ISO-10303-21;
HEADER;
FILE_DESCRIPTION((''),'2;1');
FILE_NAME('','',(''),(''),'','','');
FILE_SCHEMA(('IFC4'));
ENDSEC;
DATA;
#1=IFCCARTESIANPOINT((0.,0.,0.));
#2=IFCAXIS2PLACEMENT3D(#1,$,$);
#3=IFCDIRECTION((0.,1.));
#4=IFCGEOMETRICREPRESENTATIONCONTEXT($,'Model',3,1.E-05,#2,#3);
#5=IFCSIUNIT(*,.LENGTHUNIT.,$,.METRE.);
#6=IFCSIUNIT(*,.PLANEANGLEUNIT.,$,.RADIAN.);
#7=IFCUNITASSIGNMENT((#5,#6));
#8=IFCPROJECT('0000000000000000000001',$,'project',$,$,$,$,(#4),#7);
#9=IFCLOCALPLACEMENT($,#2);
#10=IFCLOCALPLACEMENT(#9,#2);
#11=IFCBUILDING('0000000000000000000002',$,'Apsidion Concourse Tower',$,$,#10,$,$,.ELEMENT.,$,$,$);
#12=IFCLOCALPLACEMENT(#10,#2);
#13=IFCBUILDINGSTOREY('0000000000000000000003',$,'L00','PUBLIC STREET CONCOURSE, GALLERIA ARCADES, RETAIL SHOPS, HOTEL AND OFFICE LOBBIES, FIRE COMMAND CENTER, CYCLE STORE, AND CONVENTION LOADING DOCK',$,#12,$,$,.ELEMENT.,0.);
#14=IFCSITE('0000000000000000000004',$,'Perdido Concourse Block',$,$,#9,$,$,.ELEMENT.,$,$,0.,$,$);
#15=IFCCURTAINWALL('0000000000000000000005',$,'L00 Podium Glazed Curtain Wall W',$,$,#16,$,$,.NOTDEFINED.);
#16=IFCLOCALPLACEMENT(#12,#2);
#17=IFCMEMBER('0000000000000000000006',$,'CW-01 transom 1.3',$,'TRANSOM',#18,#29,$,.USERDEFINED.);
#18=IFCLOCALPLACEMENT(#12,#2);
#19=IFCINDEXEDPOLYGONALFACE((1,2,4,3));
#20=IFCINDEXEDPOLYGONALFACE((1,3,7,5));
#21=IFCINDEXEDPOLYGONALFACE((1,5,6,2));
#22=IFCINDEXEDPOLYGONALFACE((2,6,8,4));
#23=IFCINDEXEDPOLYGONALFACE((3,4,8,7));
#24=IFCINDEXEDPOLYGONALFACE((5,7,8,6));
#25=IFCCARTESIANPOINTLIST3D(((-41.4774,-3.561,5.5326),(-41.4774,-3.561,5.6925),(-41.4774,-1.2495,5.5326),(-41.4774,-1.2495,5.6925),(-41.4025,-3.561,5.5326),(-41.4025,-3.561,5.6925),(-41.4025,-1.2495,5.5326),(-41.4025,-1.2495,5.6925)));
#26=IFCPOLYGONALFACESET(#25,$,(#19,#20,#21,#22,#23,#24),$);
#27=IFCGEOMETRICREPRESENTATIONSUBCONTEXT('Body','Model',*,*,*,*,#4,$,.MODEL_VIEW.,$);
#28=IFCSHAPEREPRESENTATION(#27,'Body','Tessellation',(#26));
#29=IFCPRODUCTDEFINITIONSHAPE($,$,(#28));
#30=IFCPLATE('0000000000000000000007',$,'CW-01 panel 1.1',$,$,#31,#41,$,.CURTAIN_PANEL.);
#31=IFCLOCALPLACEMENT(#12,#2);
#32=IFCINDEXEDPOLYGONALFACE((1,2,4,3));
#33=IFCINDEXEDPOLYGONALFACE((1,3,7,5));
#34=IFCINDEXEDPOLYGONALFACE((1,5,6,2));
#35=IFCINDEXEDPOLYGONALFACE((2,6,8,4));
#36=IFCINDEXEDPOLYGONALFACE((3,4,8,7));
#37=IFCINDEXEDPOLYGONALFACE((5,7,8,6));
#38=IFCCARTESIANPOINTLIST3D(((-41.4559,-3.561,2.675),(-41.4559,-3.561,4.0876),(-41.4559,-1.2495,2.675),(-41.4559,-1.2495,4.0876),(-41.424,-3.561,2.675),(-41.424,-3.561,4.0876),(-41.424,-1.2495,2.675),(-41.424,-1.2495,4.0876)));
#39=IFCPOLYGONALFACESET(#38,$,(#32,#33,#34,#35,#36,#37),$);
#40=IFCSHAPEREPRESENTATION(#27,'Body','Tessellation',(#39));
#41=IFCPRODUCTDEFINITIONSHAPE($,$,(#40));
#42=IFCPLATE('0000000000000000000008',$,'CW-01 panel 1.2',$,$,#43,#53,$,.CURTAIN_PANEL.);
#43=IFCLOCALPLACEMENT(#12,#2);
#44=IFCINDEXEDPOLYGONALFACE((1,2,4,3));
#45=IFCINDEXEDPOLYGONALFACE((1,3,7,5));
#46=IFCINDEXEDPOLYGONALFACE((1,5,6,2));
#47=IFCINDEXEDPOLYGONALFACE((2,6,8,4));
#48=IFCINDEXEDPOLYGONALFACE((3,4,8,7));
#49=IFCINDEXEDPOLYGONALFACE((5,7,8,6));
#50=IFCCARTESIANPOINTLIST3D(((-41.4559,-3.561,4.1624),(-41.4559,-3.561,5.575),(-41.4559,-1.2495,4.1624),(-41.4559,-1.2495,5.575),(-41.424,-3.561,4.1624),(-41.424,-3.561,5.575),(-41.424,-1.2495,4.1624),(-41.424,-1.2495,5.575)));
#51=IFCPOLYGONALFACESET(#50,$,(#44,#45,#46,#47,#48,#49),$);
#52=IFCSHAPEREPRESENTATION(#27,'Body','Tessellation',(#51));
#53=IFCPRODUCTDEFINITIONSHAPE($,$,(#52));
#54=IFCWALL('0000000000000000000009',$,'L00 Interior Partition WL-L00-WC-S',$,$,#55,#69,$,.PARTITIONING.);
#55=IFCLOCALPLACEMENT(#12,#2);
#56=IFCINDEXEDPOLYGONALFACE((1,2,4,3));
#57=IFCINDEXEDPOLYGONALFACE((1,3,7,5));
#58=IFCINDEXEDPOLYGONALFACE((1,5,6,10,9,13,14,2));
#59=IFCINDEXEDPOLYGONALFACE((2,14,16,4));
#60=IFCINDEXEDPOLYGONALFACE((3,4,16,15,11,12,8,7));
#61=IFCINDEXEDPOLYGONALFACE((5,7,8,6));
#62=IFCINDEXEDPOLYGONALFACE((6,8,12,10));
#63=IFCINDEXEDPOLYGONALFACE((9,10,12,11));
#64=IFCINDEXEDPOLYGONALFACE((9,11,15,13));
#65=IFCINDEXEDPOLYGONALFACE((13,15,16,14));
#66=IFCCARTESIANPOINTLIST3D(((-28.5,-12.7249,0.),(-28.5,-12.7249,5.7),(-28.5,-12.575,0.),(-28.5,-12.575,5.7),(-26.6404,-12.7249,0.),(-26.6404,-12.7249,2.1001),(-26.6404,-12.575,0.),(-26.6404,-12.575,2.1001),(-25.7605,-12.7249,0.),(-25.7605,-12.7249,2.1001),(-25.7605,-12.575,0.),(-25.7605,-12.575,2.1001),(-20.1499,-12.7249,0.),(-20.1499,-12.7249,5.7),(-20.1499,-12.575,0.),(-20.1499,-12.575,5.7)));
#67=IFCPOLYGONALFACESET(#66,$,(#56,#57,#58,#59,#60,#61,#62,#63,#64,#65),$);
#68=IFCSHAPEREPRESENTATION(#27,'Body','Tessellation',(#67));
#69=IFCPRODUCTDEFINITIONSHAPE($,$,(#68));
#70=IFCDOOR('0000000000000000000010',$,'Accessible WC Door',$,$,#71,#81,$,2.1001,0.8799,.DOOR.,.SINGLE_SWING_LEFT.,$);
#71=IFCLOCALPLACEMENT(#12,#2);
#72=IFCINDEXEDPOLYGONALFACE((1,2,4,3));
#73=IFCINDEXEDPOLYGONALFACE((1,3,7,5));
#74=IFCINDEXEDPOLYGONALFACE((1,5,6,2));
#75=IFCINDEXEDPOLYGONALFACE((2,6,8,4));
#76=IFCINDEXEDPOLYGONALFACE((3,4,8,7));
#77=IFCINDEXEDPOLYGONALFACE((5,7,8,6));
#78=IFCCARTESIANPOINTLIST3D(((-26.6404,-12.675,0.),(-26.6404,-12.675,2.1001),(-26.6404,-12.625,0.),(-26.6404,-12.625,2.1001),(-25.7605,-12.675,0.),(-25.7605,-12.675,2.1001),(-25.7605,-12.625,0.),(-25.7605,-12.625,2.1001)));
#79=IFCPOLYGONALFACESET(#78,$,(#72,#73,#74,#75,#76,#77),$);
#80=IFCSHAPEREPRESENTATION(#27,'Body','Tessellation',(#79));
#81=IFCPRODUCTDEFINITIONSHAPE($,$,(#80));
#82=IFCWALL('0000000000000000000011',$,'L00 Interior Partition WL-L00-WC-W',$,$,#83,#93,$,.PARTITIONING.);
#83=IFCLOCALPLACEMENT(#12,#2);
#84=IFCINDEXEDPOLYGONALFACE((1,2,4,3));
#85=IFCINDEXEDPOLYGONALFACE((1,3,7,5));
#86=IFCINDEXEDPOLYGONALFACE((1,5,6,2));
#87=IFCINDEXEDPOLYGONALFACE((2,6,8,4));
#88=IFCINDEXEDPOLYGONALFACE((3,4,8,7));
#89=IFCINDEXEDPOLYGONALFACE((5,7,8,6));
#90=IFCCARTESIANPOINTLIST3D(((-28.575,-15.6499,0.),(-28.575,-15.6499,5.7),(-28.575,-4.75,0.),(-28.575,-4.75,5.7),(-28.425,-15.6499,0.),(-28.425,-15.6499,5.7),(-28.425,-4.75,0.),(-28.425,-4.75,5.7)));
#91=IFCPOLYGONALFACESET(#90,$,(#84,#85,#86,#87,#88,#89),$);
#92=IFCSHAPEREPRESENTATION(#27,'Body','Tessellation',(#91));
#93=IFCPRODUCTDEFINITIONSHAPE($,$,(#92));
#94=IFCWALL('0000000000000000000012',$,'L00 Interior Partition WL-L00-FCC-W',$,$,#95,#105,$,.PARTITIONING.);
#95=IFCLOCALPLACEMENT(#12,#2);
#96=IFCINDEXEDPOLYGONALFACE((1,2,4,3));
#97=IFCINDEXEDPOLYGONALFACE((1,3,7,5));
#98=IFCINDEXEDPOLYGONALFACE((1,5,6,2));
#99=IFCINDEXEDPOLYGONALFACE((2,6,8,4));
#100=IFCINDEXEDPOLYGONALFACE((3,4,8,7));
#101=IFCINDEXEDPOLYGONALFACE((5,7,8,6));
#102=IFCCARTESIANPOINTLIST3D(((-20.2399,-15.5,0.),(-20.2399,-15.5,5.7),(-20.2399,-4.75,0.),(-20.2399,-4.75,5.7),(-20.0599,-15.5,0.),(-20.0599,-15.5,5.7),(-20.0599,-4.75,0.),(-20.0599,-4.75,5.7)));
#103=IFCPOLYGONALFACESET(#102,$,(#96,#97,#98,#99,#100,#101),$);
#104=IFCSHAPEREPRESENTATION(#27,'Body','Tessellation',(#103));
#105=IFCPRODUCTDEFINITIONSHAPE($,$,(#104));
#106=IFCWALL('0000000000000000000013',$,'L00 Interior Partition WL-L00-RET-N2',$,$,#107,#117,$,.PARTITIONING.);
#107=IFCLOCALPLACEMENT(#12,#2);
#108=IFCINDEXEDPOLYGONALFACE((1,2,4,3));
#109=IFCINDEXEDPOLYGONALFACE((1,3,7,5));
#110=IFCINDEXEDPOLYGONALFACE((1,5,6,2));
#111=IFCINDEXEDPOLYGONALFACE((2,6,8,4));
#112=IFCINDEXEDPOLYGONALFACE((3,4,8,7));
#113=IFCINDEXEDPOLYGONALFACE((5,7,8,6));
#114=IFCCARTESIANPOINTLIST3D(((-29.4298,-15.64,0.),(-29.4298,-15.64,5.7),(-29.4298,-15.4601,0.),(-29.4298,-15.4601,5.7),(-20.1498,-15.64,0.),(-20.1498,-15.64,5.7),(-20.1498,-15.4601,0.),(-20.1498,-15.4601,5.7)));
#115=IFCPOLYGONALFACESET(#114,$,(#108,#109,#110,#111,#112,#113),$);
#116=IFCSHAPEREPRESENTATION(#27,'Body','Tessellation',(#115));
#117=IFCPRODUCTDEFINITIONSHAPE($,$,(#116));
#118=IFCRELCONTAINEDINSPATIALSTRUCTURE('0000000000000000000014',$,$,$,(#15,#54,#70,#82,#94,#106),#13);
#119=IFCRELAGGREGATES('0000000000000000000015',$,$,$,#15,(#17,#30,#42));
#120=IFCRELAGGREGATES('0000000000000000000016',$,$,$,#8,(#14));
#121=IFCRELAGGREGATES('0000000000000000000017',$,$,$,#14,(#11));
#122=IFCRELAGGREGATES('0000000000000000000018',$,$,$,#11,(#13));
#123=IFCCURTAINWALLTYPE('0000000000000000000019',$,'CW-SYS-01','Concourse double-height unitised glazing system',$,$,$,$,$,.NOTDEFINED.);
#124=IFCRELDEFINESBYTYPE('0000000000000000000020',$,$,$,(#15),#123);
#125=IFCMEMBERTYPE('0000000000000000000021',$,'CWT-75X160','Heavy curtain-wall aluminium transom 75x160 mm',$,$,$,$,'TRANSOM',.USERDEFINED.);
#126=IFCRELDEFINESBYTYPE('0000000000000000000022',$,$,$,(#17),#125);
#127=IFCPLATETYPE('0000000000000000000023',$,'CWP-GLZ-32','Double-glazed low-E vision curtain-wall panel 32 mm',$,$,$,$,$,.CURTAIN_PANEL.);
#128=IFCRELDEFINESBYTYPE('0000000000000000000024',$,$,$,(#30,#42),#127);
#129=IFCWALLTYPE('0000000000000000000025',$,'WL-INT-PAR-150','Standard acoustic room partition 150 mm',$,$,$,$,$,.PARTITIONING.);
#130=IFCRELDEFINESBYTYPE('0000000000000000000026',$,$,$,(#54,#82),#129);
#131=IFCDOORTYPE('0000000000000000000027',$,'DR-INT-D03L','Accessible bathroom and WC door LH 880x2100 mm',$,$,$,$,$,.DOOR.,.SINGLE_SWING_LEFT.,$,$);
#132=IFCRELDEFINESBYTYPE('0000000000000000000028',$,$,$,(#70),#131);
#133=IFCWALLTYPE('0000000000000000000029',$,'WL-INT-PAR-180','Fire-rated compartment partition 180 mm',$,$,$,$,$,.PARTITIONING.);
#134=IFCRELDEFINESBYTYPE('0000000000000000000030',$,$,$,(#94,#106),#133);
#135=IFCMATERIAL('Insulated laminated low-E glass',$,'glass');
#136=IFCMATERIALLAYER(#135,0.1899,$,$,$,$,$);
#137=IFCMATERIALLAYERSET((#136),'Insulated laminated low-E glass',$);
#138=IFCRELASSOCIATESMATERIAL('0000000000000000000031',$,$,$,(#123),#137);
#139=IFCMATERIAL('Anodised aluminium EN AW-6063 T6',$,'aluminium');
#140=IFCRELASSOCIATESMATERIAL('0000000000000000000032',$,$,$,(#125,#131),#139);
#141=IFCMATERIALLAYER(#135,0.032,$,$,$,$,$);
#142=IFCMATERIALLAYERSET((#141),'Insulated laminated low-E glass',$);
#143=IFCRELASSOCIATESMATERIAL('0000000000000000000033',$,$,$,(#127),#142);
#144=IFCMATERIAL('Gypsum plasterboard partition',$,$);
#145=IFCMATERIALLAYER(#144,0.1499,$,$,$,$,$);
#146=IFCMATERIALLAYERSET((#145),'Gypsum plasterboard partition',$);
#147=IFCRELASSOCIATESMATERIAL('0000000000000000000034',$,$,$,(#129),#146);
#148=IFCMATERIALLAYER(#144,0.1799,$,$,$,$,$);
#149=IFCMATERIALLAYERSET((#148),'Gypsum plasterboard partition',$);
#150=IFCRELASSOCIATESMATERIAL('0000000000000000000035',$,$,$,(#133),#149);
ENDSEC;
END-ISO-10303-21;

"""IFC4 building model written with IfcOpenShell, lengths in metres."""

from ifc_helpers import new_model, si_unit, direction, frame, frame_2d, origin, origin_2d, place, context, subcontext, project, spatial, rectangle, extrude, material, layer, layer_set, material_profile, profile_set, type_object, element, fill, aggregate, save


model = new_model("IFC4")

# Units and contexts
model_context = context("Model", 3, precision=1e-05, world=origin(), true_north=direction((0.0, 1.0)))
body_context = subcontext(model_context, "Body", "Model", "MODEL_VIEW")
ifc_project = project(units=[si_unit("LENGTHUNIT", "METRE"), si_unit("PLANEANGLEUNIT", "RADIAN")], contexts=[model_context])

# Site, building, storey
site_placement = place(None, origin())
site = spatial("IfcSite", under=ifc_project, at=site_placement, Name="Perdido Concourse Block", CompositionType="ELEMENT", RefElevation=0.0)
building_placement = place(site_placement, origin())
building = spatial("IfcBuilding", under=site, at=building_placement, Name="Apsidion Concourse Tower", CompositionType="ELEMENT")
storey_placement = place(building_placement, origin())
storey = spatial("IfcBuildingStorey", under=building, at=storey_placement, Name="L00", Description="PUBLIC STREET CONCOURSE, GALLERIA ARCADES, RETAIL SHOPS, HOTEL AND OFFICE LOBBIES, FIRE COMMAND CENTER, CYCLE STORE, AND CONVENTION LOADING DOCK", CompositionType="ELEMENT", Elevation=0.0)

# Curtain wall, member, plates
ifc_material_1 = material(Name="Insulated laminated low-E glass", Category="glass")
ifc_layer_1 = layer(ifc_material_1, 0.1899)
ifc_layer_set_1 = layer_set([ifc_layer_1], Name="Insulated laminated low-E glass")
curtain_wall_type = type_object("IfcCurtainWallType", Name="CW-SYS-01", Description="Concourse double-height unitised glazing system", PredefinedType="NOTDEFINED", material=ifc_layer_set_1)
curtain_wall_placement = place(storey_placement, origin())
curtain_wall = element("IfcCurtainWall", 1, at=curtain_wall_placement, inside=storey, type_object=curtain_wall_type, Name="L00 Podium Glazed Curtain Wall W", PredefinedType="NOTDEFINED")
ifc_material_2 = material(Name="Anodised aluminium EN AW-6063 T6", Category="aluminium")
ifc_material_profile_1 = material_profile(ifc_material_2, rectangle(XDim=0.075, YDim=0.1599, at=origin_2d()), Name="ALU TRANSOM 75x160")
ifc_profile_set_1 = profile_set([ifc_material_profile_1], Name="Anodised aluminium EN AW-6063 T6")
member_type_1 = type_object("IfcMemberType", Name="CWT-75X160", Description="Heavy curtain-wall aluminium transom 75x160 mm", ElementType="TRANSOM", PredefinedType="USERDEFINED", material=ifc_profile_set_1)
member_1_placement = place(storey_placement, frame((-41.4399, -3.561, 5.6125), z_axis=(0.0, 1.0, 0.0), x_axis=(-1.0, 0.0, 0.0)))
member_1 = element("IfcMember", 2, at=member_1_placement, type_object=member_type_1, Name="CW-01 transom 1.3", ObjectType="TRANSOM", PredefinedType="USERDEFINED", context=body_context, shape_type="SweptSolid", body=[
    extrude(rectangle(XDim=0.075, YDim=0.1599, at=origin_2d()), origin(), (0.0, 0.0, 1.0), 2.3115),
])
ifc_layer_2 = layer(ifc_material_1, 0.032)
ifc_layer_set_2 = layer_set([ifc_layer_2], Name="Insulated laminated low-E glass")
plate_type = type_object("IfcPlateType", Name="CWP-GLZ-32", Description="Double-glazed low-E vision curtain-wall panel 32 mm", PredefinedType="CURTAIN_PANEL", material=ifc_layer_set_2)
plate_1_placement = place(storey_placement, frame((-41.4399, -2.4053, 2.675), z_axis=(0.0, 0.0, 1.0), x_axis=(0.0, 1.0, 0.0)))
plate_1 = element("IfcPlate", 3, at=plate_1_placement, type_object=plate_type, Name="CW-01 panel 1.1", PredefinedType="CURTAIN_PANEL", context=body_context, shape_type="SweptSolid", body=[
    extrude(rectangle(XDim=2.3115, YDim=0.032, at=origin_2d()), origin(), (0.0, 0.0, 1.0), 1.4126),
])
plate_2_placement = place(storey_placement, frame((-41.4399, -2.4053, 4.1624), z_axis=(0.0, 0.0, 1.0), x_axis=(0.0, 1.0, 0.0)))
plate_2 = element("IfcPlate", 4, at=plate_2_placement, type_object=plate_type, Name="CW-01 panel 1.2", PredefinedType="CURTAIN_PANEL", context=body_context, shape_type="SweptSolid", body=[
    extrude(rectangle(XDim=2.3115, YDim=0.032, at=origin_2d()), origin(), (0.0, 0.0, 1.0), 1.4126),
])
aggregate(curtain_wall, [member_1, plate_1, plate_2])

# Wall, opening, door
ifc_material_3 = material(Name="Gypsum plasterboard partition")
ifc_layer_3 = layer(ifc_material_3, 0.1499)
ifc_layer_set_3 = layer_set([ifc_layer_3], Name="Gypsum plasterboard partition")
wall_type_1 = type_object("IfcWallType", Name="WL-INT-PAR-150", Description="Standard acoustic room partition 150 mm", PredefinedType="PARTITIONING", material=ifc_layer_set_3)
wall_1_placement = place(storey_placement, frame((-28.5, -12.6499, 0.0), z_axis=(0.0, 0.0, 1.0), x_axis=(1.0, 0.0, 0.0)))
wall_1 = element("IfcWall", 5, at=wall_1_placement, inside=storey, type_object=wall_type_1, Name="L00 Interior Partition WL-L00-WC-S", PredefinedType="PARTITIONING", context=body_context, shape_type="SweptSolid", body=[
    extrude(rectangle(XDim=8.3501, YDim=0.1499, at=frame_2d((4.175, 0.0))), origin(), (0.0, 0.0, 1.0), 5.7),
])
opening_1_placement = place(wall_1_placement, frame((1.8596, 0.0, 0.0)))
opening_1 = element("IfcOpeningElement", 6, at=opening_1_placement, cuts=wall_1, PredefinedType="OPENING", context=body_context, shape_type="SweptSolid", body=[
    extrude(rectangle(XDim=0.8799, YDim=2.1001, at=frame_2d((0.4399, 1.05))), frame((0.0, 0.085, 0.0), z_axis=(0.0, -1.0, 0.0), x_axis=(1.0, 0.0, 0.0)), (0.0, 0.0, 1.0), 0.1699),
])
door_type_1 = type_object("IfcDoorType", Name="DR-INT-D03L", Description="Accessible bathroom and WC door LH 880x2100 mm", OperationType="SINGLE_SWING_LEFT", PredefinedType="DOOR", material=ifc_material_2)
door_1_placement = place(opening_1_placement, origin())
door_1 = element("IfcDoor", 7, at=door_1_placement, inside=storey, type_object=door_type_1, Name="Accessible WC Door", OperationType="SINGLE_SWING_LEFT", OverallHeight=2.1001, OverallWidth=0.8799, PredefinedType="DOOR", context=body_context, shape_type="SweptSolid", body=[
    extrude(rectangle(XDim=0.8799, YDim=2.1001, at=frame_2d((0.4399, 1.05))), frame((0.0, 0.0249, 0.0), z_axis=(0.0, -1.0, 0.0), x_axis=(1.0, 0.0, 0.0)), (0.0, 0.0, 1.0), 0.05),
])
fill(opening_1, door_1)

# Walls
wall_2_placement = place(storey_placement, frame((-28.5, -15.6499, 0.0), z_axis=(0.0, 0.0, 1.0), x_axis=(0.0, 1.0, 0.0)))
element("IfcWall", 8, at=wall_2_placement, inside=storey, type_object=wall_type_1, Name="L00 Interior Partition WL-L00-WC-W", PredefinedType="PARTITIONING", context=body_context, shape_type="SweptSolid", body=[
    extrude(rectangle(XDim=10.8999, YDim=0.1499, at=frame_2d((5.45, 0.0))), origin(), (0.0, 0.0, 1.0), 5.7),
])
ifc_layer_4 = layer(ifc_material_3, 0.1799)
ifc_layer_set_4 = layer_set([ifc_layer_4], Name="Gypsum plasterboard partition")
wall_type_2 = type_object("IfcWallType", Name="WL-INT-PAR-180", Description="Fire-rated compartment partition 180 mm", PredefinedType="PARTITIONING", material=ifc_layer_set_4)
wall_3_placement = place(storey_placement, frame((-20.1499, -15.5, 0.0), z_axis=(0.0, 0.0, 1.0), x_axis=(0.0, 1.0, 0.0)))
element("IfcWall", 9, at=wall_3_placement, inside=storey, type_object=wall_type_2, Name="L00 Interior Partition WL-L00-FCC-W", PredefinedType="PARTITIONING", context=body_context, shape_type="SweptSolid", body=[
    extrude(rectangle(XDim=10.75, YDim=0.1799, at=frame_2d((5.375, 0.0))), origin(), (0.0, 0.0, 1.0), 5.7),
])
wall_4_placement = place(storey_placement, frame((-29.4299, -15.55, 0.0), z_axis=(0.0, 0.0, 1.0), x_axis=(1.0, 0.0, 0.0)))
element("IfcWall", 10, at=wall_4_placement, inside=storey, type_object=wall_type_2, Name="L00 Interior Partition WL-L00-RET-N2", PredefinedType="PARTITIONING", context=body_context, shape_type="SweptSolid", body=[
    extrude(rectangle(XDim=9.28, YDim=0.1799, at=frame_2d((4.6401, 0.0))), origin(), (0.0, 0.0, 1.0), 5.7),
])

save(model, "model.ifc")
